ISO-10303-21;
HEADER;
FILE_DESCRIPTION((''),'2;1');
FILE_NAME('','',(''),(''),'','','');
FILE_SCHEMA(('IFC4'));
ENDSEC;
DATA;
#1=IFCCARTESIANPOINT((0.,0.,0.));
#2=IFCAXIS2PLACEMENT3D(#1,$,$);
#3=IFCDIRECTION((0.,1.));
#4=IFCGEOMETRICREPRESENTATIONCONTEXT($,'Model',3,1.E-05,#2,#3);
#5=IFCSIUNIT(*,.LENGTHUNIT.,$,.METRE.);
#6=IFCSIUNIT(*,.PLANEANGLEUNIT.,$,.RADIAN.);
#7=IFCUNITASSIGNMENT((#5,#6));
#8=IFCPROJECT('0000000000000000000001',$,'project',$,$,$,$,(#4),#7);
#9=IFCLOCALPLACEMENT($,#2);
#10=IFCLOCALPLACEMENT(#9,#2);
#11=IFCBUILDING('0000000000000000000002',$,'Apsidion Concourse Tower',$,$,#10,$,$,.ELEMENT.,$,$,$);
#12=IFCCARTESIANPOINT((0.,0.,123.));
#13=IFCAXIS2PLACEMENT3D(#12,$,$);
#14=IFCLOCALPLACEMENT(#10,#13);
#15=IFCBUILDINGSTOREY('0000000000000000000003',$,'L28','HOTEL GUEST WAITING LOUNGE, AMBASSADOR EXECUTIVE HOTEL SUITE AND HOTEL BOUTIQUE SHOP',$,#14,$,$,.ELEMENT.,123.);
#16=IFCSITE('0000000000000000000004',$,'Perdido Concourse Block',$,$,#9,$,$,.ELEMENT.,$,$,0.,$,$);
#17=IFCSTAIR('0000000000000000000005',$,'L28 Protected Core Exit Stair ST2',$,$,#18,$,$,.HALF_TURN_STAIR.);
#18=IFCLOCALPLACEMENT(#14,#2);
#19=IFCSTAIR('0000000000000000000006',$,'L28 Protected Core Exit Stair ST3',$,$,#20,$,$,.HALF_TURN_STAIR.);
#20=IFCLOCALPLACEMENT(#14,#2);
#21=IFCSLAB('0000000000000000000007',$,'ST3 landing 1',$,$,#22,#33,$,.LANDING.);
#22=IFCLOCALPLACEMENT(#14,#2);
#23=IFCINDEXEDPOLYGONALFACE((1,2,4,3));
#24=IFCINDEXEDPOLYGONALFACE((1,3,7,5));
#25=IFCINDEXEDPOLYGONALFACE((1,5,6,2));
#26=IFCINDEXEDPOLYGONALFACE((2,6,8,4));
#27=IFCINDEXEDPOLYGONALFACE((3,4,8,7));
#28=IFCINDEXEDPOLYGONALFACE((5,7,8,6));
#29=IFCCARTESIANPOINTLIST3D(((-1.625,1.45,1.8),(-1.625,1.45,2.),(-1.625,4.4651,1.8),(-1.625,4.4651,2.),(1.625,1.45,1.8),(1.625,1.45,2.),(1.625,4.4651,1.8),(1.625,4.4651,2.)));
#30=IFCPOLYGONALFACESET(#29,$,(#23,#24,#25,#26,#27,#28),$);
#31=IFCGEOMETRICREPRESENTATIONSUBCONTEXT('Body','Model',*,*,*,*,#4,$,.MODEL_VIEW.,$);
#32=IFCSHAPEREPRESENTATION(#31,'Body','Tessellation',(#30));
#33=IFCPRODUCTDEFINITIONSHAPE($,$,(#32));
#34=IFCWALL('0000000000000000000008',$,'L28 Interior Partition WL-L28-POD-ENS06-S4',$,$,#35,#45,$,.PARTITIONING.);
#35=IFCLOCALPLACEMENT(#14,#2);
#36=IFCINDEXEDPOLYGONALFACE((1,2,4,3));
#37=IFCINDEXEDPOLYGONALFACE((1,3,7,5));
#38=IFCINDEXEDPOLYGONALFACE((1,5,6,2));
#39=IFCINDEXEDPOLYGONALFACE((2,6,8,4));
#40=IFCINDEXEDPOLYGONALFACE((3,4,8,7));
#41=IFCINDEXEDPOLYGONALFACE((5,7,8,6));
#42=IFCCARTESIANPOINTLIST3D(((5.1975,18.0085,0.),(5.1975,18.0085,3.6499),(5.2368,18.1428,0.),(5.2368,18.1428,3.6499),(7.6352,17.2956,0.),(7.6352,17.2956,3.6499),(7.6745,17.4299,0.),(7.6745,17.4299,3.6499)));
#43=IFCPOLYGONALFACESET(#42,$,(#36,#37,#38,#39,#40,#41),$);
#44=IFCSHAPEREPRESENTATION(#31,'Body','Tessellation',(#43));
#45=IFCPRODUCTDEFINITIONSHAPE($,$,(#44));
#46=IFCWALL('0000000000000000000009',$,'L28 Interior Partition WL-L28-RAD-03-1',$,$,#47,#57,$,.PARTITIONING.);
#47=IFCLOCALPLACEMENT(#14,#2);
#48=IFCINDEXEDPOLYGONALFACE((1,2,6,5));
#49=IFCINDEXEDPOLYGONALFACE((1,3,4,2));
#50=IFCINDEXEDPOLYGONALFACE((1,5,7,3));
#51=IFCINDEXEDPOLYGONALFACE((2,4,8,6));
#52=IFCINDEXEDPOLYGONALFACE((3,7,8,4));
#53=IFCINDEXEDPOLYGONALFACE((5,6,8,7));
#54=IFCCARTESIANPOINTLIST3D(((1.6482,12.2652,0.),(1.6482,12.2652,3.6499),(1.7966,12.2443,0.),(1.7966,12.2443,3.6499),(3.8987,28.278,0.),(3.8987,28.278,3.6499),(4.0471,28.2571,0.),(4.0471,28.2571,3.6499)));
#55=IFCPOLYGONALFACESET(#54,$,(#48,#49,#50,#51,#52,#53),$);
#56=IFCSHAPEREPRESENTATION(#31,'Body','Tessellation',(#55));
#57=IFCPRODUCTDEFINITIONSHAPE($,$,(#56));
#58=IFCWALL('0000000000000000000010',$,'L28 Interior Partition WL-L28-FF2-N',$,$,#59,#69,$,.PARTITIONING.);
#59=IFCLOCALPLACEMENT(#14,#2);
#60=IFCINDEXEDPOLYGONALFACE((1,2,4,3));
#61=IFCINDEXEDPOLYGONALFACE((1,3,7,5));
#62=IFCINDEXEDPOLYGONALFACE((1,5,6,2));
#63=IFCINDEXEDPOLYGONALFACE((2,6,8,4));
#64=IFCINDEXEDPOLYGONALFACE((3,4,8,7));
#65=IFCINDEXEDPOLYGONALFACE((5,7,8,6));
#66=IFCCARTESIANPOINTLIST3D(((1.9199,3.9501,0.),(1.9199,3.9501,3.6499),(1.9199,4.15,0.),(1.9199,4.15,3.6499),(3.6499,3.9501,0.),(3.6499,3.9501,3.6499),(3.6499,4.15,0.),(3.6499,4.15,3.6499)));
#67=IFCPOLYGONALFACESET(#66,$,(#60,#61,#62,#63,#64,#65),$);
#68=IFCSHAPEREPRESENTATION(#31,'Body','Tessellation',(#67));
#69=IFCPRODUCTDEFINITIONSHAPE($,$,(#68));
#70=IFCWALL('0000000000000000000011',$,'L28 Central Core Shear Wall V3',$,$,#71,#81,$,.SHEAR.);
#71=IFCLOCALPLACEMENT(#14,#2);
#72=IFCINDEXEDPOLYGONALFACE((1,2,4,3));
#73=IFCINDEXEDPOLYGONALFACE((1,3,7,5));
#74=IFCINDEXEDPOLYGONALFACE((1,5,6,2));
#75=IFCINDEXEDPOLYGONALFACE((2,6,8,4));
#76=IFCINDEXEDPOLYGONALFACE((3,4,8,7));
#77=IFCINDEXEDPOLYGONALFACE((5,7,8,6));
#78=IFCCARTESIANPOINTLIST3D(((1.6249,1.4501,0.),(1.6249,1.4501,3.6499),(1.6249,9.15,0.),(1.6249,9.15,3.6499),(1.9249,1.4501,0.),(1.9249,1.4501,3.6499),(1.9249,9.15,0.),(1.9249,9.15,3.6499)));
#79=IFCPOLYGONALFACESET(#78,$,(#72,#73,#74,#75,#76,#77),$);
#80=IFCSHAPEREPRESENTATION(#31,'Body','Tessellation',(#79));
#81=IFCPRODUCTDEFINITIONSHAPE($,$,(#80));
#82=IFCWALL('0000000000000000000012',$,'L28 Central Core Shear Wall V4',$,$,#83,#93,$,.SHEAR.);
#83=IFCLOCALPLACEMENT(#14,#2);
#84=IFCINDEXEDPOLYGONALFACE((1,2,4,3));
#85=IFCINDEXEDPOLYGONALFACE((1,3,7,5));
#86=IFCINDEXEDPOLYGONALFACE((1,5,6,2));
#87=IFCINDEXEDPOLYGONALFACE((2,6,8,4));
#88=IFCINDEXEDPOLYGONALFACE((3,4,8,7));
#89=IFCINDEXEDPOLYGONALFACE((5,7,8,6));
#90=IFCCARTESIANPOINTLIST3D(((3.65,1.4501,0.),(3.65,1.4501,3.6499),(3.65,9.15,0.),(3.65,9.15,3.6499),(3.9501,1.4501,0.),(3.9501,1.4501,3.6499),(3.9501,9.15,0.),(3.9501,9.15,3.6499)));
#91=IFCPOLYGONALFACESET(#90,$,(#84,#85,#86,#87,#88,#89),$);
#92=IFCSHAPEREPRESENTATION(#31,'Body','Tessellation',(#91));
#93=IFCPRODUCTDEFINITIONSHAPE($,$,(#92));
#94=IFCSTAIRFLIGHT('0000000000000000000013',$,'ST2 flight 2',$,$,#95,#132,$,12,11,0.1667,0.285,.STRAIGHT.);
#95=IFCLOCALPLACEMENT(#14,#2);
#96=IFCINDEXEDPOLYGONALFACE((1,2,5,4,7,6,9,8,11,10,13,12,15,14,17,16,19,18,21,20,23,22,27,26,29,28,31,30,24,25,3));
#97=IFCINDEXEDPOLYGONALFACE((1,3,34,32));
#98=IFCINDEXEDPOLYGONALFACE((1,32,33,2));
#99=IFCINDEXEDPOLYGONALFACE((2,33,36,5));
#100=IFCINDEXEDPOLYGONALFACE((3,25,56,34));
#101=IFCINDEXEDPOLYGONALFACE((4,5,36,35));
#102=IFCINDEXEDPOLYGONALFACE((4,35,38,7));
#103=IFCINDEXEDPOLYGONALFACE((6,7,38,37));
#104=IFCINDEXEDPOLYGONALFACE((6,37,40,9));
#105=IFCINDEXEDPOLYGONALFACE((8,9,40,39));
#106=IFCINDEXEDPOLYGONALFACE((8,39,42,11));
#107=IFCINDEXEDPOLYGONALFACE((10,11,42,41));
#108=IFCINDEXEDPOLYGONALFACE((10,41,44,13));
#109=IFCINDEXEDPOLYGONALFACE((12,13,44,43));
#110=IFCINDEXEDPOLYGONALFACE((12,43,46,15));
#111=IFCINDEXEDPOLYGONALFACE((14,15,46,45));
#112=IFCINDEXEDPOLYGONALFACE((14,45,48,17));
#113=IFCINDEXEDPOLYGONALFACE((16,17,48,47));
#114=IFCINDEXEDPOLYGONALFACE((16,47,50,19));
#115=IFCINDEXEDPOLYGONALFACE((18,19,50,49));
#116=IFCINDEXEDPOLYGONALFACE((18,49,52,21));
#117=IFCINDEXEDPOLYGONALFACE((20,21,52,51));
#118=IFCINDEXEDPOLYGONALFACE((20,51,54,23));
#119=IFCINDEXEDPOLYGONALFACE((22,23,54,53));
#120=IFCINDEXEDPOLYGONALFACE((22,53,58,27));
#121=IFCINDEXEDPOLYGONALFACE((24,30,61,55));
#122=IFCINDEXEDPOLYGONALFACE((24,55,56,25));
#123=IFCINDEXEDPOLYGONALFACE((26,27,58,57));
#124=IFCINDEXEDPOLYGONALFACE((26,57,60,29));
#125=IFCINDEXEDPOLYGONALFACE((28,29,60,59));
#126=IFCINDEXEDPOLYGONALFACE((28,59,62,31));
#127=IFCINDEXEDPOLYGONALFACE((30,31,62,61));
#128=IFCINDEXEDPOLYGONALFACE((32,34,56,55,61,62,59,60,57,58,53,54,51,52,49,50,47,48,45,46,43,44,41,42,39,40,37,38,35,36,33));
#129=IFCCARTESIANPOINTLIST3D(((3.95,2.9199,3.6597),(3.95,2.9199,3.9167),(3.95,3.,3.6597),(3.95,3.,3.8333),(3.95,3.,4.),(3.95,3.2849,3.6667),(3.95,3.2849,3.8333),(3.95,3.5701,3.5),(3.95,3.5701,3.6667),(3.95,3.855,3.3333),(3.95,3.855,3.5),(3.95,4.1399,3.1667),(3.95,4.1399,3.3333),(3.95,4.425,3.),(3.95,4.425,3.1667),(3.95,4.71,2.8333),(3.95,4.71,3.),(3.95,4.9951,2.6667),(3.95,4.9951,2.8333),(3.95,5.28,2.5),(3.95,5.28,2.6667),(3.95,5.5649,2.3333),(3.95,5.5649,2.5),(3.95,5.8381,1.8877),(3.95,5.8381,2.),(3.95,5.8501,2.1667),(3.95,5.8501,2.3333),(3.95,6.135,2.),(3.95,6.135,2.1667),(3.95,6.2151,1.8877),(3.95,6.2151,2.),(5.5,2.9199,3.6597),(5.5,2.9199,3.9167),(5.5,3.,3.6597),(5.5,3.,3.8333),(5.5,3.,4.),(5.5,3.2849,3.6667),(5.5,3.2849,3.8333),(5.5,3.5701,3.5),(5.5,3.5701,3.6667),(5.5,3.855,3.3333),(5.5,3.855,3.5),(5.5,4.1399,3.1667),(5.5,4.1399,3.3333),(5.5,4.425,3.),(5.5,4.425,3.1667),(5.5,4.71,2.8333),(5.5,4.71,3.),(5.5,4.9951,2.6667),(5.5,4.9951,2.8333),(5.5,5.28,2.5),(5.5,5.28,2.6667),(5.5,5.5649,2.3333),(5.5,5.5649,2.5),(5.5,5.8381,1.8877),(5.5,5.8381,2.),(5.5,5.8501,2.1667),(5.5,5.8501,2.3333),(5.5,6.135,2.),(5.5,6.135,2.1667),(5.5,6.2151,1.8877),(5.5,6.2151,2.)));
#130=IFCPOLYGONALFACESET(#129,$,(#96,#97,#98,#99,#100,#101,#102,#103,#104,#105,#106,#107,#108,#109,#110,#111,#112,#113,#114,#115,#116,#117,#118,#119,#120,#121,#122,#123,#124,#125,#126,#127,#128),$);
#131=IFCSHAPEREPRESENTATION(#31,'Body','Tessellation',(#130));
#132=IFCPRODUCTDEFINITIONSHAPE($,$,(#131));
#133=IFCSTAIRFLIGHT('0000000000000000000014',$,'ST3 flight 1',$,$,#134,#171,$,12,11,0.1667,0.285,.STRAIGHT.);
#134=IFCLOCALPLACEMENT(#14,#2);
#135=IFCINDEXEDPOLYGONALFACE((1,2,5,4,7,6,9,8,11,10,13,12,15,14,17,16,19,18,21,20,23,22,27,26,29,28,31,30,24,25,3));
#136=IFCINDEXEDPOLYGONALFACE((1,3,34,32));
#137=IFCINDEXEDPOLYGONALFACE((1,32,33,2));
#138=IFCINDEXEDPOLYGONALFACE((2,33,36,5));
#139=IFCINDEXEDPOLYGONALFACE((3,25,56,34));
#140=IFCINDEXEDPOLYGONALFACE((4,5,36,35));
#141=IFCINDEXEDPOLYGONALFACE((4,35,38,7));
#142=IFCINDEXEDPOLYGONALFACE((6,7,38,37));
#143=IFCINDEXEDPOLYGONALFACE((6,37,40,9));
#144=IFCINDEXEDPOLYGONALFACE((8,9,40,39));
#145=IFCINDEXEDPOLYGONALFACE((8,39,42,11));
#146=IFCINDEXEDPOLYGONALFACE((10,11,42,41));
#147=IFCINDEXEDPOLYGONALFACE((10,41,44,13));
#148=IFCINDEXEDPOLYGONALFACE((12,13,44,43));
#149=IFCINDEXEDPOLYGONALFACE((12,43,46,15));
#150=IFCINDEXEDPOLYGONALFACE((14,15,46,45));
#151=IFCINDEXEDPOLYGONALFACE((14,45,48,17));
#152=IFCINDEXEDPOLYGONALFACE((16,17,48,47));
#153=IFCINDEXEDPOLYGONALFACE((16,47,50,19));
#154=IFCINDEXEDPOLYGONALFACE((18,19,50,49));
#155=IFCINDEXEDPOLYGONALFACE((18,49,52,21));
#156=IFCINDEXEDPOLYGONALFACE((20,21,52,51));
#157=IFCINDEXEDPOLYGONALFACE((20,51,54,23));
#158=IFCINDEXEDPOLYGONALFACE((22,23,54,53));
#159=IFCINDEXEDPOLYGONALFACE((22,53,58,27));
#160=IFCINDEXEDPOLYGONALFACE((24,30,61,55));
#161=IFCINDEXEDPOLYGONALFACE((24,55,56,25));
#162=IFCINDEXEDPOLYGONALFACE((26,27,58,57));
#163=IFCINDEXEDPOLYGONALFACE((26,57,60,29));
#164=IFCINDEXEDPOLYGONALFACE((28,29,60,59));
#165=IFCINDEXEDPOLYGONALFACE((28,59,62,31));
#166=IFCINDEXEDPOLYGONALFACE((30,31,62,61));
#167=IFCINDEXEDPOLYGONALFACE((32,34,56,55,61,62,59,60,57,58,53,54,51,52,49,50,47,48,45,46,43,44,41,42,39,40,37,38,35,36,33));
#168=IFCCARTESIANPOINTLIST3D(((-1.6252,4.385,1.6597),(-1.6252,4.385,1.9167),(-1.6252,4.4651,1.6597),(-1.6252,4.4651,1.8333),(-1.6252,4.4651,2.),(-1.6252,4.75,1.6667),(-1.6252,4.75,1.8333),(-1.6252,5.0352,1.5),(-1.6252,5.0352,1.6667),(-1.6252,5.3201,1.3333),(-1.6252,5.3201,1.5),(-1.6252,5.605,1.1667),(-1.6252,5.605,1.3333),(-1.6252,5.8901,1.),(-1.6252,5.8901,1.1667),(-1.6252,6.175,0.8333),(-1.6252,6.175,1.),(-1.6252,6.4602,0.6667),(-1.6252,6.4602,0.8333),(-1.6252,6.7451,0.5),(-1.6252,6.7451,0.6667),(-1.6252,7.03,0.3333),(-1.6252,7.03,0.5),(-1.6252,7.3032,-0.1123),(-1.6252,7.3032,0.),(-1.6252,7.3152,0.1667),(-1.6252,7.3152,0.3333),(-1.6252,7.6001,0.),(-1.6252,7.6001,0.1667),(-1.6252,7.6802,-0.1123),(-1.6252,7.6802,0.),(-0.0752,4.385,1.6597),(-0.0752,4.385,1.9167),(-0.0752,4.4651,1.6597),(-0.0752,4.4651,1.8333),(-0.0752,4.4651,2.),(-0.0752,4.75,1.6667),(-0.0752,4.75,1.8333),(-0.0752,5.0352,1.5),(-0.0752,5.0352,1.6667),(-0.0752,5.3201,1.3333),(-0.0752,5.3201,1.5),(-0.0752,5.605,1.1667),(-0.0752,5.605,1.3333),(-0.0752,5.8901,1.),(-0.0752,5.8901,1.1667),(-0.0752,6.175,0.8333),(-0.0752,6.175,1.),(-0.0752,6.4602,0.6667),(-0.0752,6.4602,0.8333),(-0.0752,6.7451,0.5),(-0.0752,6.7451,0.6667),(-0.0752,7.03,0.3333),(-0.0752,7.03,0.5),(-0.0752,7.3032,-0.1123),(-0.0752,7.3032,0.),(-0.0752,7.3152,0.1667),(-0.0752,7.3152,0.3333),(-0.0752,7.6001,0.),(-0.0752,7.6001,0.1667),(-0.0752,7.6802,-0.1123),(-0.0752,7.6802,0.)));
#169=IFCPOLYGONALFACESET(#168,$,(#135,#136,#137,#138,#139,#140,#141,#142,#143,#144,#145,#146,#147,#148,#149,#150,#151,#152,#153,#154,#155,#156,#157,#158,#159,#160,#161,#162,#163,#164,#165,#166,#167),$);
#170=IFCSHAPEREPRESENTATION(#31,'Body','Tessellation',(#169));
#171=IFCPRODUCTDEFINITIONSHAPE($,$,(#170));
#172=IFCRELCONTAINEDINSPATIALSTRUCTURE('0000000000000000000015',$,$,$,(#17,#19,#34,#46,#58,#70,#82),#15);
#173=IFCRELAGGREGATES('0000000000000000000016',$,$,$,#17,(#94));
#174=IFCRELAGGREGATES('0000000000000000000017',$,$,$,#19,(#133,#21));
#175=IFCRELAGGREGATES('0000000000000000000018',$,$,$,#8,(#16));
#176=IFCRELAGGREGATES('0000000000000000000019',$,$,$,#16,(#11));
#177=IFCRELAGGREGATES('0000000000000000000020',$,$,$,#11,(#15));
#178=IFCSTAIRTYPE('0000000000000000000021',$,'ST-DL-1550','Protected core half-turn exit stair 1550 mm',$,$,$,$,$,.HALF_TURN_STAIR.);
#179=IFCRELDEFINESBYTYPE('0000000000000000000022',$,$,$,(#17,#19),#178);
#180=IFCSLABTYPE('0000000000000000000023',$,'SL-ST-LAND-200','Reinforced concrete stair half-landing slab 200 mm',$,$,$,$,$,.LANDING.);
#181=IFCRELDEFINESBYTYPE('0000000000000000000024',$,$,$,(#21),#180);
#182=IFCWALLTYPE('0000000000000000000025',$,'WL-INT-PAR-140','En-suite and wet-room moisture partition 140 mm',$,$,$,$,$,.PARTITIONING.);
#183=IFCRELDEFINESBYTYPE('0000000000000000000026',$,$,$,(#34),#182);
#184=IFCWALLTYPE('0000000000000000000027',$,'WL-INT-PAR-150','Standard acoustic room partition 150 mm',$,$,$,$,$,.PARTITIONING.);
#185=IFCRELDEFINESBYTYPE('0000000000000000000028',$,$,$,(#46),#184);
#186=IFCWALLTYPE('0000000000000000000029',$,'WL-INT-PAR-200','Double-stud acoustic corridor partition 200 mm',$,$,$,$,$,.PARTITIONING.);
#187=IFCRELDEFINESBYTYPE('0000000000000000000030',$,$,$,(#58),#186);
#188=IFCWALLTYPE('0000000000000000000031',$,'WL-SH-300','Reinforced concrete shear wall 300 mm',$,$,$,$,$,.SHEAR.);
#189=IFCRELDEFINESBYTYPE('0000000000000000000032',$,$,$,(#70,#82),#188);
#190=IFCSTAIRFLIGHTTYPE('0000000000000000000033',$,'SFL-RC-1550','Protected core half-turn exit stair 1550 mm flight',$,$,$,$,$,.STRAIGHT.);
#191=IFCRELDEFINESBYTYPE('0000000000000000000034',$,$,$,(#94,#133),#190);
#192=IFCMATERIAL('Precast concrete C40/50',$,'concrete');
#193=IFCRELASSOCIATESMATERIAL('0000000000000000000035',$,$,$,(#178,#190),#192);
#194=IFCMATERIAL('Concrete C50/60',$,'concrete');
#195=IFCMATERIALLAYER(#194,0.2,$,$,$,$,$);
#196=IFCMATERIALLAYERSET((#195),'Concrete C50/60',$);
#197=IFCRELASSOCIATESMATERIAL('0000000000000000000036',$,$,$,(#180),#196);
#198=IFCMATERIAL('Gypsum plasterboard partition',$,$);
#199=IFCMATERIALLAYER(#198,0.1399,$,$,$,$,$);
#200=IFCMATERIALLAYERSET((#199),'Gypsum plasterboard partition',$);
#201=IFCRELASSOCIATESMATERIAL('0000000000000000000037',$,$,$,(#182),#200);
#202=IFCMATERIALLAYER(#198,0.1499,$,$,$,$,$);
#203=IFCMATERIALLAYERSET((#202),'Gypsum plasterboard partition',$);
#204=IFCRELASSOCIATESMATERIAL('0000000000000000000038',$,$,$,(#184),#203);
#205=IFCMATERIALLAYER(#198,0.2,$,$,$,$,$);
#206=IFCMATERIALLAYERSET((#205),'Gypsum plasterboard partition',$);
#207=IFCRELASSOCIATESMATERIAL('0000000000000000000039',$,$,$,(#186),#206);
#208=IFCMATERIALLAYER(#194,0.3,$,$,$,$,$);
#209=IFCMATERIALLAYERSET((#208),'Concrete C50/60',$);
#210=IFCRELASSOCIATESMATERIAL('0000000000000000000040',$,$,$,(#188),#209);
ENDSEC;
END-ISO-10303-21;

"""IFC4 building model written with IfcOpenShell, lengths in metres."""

from ifc_helpers import new_model, si_unit, direction, frame, frame_2d, origin, place, context, subcontext, project, spatial, polyline, rectangle, outline, extrude, material, layer, layer_set, type_object, element, aggregate, save


model = new_model("IFC4")

# Units and contexts
model_context = context("Model", 3, precision=1e-05, world=origin(), true_north=direction((0.0, 1.0)))
body_context = subcontext(model_context, "Body", "Model", "MODEL_VIEW")
ifc_project = project(units=[si_unit("LENGTHUNIT", "METRE"), si_unit("PLANEANGLEUNIT", "RADIAN")], contexts=[model_context])

# Site, building, storey
site_placement = place(None, origin())
site = spatial("IfcSite", under=ifc_project, at=site_placement, Name="Perdido Concourse Block", CompositionType="ELEMENT", RefElevation=0.0)
building_placement = place(site_placement, origin())
building = spatial("IfcBuilding", under=site, at=building_placement, Name="Apsidion Concourse Tower", CompositionType="ELEMENT")
storey_placement = place(building_placement, frame((0.0, 0.0, 123.0)))
storey = spatial("IfcBuildingStorey", under=building, at=storey_placement, Name="L28", Description="HOTEL GUEST WAITING LOUNGE, AMBASSADOR EXECUTIVE HOTEL SUITE AND HOTEL BOUTIQUE SHOP", CompositionType="ELEMENT", Elevation=123.0)

# Shared definitions
ifc_material_1 = material(Name="Concrete C50/60", Category="concrete")

# Stairs, slab
ifc_material_2 = material(Name="Precast concrete C40/50", Category="concrete")
stair_type = type_object("IfcStairType", Name="ST-DL-1550", Description="Protected core half-turn exit stair 1550 mm", PredefinedType="HALF_TURN_STAIR", material=ifc_material_2)
stair_1_placement = place(storey_placement, origin())
stair_1 = element("IfcStair", 1, at=stair_1_placement, inside=storey, type_object=stair_type, Name="L28 Protected Core Exit Stair ST2", PredefinedType="HALF_TURN_STAIR")
ifc_layer_1 = layer(ifc_material_1, 0.2)
ifc_layer_set_1 = layer_set([ifc_layer_1], Name="Concrete C50/60")
slab_type = type_object("IfcSlabType", Name="SL-ST-LAND-200", Description="Reinforced concrete stair half-landing slab 200 mm", PredefinedType="LANDING", material=ifc_layer_set_1)
stair_2_placement = place(storey_placement, origin())
stair_2 = element("IfcStair", 2, at=stair_2_placement, inside=storey, type_object=stair_type, Name="L28 Protected Core Exit Stair ST3", PredefinedType="HALF_TURN_STAIR")
slab_1_placement = place(storey_placement, frame((0.0, 0.0, 1.8)))
slab_1 = element("IfcSlab", 3, at=slab_1_placement, type_object=slab_type, Name="ST3 landing 1", PredefinedType="LANDING", context=body_context, shape_type="SweptSolid", body=[
    extrude(outline(polyline([(-1.625, 4.4651), (-1.625, 1.45), (1.625, 1.45), (1.625, 4.4651), (-1.625, 4.4651)])), origin(), (0.0, 0.0, 1.0), 0.2),
])

# Walls
ifc_material_3 = material(Name="Gypsum plasterboard partition")
ifc_layer_2 = layer(ifc_material_3, 0.1399)
ifc_layer_set_2 = layer_set([ifc_layer_2], Name="Gypsum plasterboard partition")
wall_type_1 = type_object("IfcWallType", Name="WL-INT-PAR-140", Description="En-suite and wet-room moisture partition 140 mm", PredefinedType="PARTITIONING", material=ifc_layer_set_2)
wall_1_placement = place(storey_placement, frame((5.217, 18.0757, 0.0), z_axis=(0.0, 0.0, 1.0), x_axis=(0.959801, -0.280683, 0.0)))
element("IfcWall", 4, at=wall_1_placement, inside=storey, type_object=wall_type_1, Name="L28 Interior Partition WL-L28-POD-ENS06-S4", PredefinedType="PARTITIONING", context=body_context, shape_type="SweptSolid", body=[
    extrude(rectangle(XDim=2.5398, YDim=0.1399, at=frame_2d((1.27, 0.0))), origin(), (0.0, 0.0, 1.0), 3.6499),
])
ifc_layer_3 = layer(ifc_material_3, 0.1499)
ifc_layer_set_3 = layer_set([ifc_layer_3], Name="Gypsum plasterboard partition")
wall_type_2 = type_object("IfcWallType", Name="WL-INT-PAR-150", Description="Standard acoustic room partition 150 mm", PredefinedType="PARTITIONING", material=ifc_layer_set_3)
wall_2_placement = place(storey_placement, frame((1.7224, 12.2549, 0.0), z_axis=(0.0, 0.0, 1.0), x_axis=(0.139176, 0.990268, 0.0)))
element("IfcWall", 5, at=wall_2_placement, inside=storey, type_object=wall_type_2, Name="L28 Interior Partition WL-L28-RAD-03-1", PredefinedType="PARTITIONING", context=body_context, shape_type="SweptSolid", body=[
    extrude(rectangle(XDim=16.1702, YDim=0.1499, at=frame_2d((8.085, 0.0))), origin(), (0.0, 0.0, 1.0), 3.6499),
])
ifc_layer_4 = layer(ifc_material_3, 0.2)
ifc_layer_set_4 = layer_set([ifc_layer_4], Name="Gypsum plasterboard partition")
wall_type_3 = type_object("IfcWallType", Name="WL-INT-PAR-200", Description="Double-stud acoustic corridor partition 200 mm", PredefinedType="PARTITIONING", material=ifc_layer_set_4)
wall_3_placement = place(storey_placement, frame((1.9199, 4.05, 0.0), z_axis=(0.0, 0.0, 1.0), x_axis=(1.0, 0.0, 0.0)))
element("IfcWall", 6, at=wall_3_placement, inside=storey, type_object=wall_type_3, Name="L28 Interior Partition WL-L28-FF2-N", PredefinedType="PARTITIONING", context=body_context, shape_type="SweptSolid", body=[
    extrude(rectangle(XDim=1.73, YDim=0.2, at=frame_2d((0.865, 0.0))), origin(), (0.0, 0.0, 1.0), 3.6499),
])
ifc_layer_5 = layer(ifc_material_1, 0.3)
ifc_layer_set_5 = layer_set([ifc_layer_5], Name="Concrete C50/60")
wall_type_4 = type_object("IfcWallType", Name="WL-SH-300", Description="Reinforced concrete shear wall 300 mm", PredefinedType="SHEAR", material=ifc_layer_set_5)
for number, where, z_axis, x_axis, name in (
    (7, (1.7749, 1.45, 0.0), (0.0, 0.0, 1.0), (0.0, 1.0, 0.0), "L28 Central Core Shear Wall V3"),
    (8, (3.8, 1.45, 0.0), (0.0, 0.0, 1.0), (0.0, 1.0, 0.0), "L28 Central Core Shear Wall V4"),
):
    element("IfcWall", number, at=place(storey_placement, frame(where, z_axis=z_axis, x_axis=x_axis)), inside=storey, type_object=wall_type_4, Name=name, PredefinedType="SHEAR", context=body_context, shape_type="SweptSolid", body=[
        extrude(rectangle(XDim=7.7, YDim=0.3, at=frame_2d((3.8501, 0.0))), origin(), (0.0, 0.0, 1.0), 3.6499),
    ])

# Stair flights
stair_flight_type = type_object("IfcStairFlightType", Name="SFL-RC-1550", Description="Protected core half-turn exit stair 1550 mm flight", PredefinedType="STRAIGHT", material=ifc_material_2)
stair_flight_1_placement = place(storey_placement, frame((4.7251, 6.135, 2.0), z_axis=(0.0, 0.0, 1.0), x_axis=(0.0, -1.0, 0.0)))
stair_flight_1 = element("IfcStairFlight", 9, at=stair_flight_1_placement, type_object=stair_flight_type, Name="ST2 flight 2", NumberOfRisers=12, NumberOfTreads=11, PredefinedType="STRAIGHT", RiserHeight=0.1667, TreadLength=0.285, context=body_context, shape_type="SweptSolid", body=[
    extrude(outline(polyline([(-0.0801, -0.1123), (-0.0801, 0.0), (0.0, 0.0), (0.0, 0.1667), (0.2849, 0.1667), (0.2849, 0.3333), (0.5701, 0.3333), (0.5701, 0.5), (0.855, 0.5), (0.855, 0.6667), (1.1399, 0.6667), (1.1399, 0.8333), (1.425, 0.8333), (1.425, 1.0), (1.71, 1.0), (1.71, 1.1667), (1.9951, 1.1667), (1.9951, 1.3333), (2.28, 1.3333), (2.28, 1.5), (2.5649, 1.5), (2.5649, 1.6667), (2.8501, 1.6667), (2.8501, 1.8333), (3.135, 1.8333), (3.135, 2.0), (3.2151, 1.9167), (3.2151, 1.6597), (3.135, 1.6597), (0.2969, 0.0), (0.2969, -0.1123), (-0.0801, -0.1123)])), frame((0.0, 0.7749, 0.0), z_axis=(0.0, -1.0, 0.0), x_axis=(1.0, 0.0, 0.0)), (0.0, 0.0, 1.0), 1.55),
])
aggregate(stair_1, [stair_flight_1])
stair_flight_2_placement = place(storey_placement, frame((-0.8501, 7.6001, 0.0), z_axis=(0.0, 0.0, 1.0), x_axis=(0.0, -1.0, 0.0)))
stair_flight_2 = element("IfcStairFlight", 10, at=stair_flight_2_placement, type_object=stair_flight_type, Name="ST3 flight 1", NumberOfRisers=12, NumberOfTreads=11, PredefinedType="STRAIGHT", RiserHeight=0.1667, TreadLength=0.285, context=body_context, shape_type="SweptSolid", body=[
    extrude(outline(polyline([(-0.0801, -0.1123), (-0.0801, 0.0), (0.0, 0.0), (0.0, 0.1667), (0.2849, 0.1667), (0.2849, 0.3333), (0.5701, 0.3333), (0.5701, 0.5), (0.855, 0.5), (0.855, 0.6667), (1.1399, 0.6667), (1.1399, 0.8333), (1.425, 0.8333), (1.425, 1.0), (1.71, 1.0), (1.71, 1.1667), (1.9951, 1.1667), (1.9951, 1.3333), (2.28, 1.3333), (2.28, 1.5), (2.5649, 1.5), (2.5649, 1.6667), (2.8501, 1.6667), (2.8501, 1.8333), (3.135, 1.8333), (3.135, 2.0), (3.2151, 1.9167), (3.2151, 1.6597), (3.135, 1.6597), (0.2969, 0.0), (0.2969, -0.1123), (-0.0801, -0.1123)])), frame((0.0, 0.7749, 0.0), z_axis=(0.0, -1.0, 0.0), x_axis=(1.0, 0.0, 0.0)), (0.0, 0.0, 1.0), 1.55),
])
aggregate(stair_2, [stair_flight_2, slab_1])

save(model, "model.ifc")
